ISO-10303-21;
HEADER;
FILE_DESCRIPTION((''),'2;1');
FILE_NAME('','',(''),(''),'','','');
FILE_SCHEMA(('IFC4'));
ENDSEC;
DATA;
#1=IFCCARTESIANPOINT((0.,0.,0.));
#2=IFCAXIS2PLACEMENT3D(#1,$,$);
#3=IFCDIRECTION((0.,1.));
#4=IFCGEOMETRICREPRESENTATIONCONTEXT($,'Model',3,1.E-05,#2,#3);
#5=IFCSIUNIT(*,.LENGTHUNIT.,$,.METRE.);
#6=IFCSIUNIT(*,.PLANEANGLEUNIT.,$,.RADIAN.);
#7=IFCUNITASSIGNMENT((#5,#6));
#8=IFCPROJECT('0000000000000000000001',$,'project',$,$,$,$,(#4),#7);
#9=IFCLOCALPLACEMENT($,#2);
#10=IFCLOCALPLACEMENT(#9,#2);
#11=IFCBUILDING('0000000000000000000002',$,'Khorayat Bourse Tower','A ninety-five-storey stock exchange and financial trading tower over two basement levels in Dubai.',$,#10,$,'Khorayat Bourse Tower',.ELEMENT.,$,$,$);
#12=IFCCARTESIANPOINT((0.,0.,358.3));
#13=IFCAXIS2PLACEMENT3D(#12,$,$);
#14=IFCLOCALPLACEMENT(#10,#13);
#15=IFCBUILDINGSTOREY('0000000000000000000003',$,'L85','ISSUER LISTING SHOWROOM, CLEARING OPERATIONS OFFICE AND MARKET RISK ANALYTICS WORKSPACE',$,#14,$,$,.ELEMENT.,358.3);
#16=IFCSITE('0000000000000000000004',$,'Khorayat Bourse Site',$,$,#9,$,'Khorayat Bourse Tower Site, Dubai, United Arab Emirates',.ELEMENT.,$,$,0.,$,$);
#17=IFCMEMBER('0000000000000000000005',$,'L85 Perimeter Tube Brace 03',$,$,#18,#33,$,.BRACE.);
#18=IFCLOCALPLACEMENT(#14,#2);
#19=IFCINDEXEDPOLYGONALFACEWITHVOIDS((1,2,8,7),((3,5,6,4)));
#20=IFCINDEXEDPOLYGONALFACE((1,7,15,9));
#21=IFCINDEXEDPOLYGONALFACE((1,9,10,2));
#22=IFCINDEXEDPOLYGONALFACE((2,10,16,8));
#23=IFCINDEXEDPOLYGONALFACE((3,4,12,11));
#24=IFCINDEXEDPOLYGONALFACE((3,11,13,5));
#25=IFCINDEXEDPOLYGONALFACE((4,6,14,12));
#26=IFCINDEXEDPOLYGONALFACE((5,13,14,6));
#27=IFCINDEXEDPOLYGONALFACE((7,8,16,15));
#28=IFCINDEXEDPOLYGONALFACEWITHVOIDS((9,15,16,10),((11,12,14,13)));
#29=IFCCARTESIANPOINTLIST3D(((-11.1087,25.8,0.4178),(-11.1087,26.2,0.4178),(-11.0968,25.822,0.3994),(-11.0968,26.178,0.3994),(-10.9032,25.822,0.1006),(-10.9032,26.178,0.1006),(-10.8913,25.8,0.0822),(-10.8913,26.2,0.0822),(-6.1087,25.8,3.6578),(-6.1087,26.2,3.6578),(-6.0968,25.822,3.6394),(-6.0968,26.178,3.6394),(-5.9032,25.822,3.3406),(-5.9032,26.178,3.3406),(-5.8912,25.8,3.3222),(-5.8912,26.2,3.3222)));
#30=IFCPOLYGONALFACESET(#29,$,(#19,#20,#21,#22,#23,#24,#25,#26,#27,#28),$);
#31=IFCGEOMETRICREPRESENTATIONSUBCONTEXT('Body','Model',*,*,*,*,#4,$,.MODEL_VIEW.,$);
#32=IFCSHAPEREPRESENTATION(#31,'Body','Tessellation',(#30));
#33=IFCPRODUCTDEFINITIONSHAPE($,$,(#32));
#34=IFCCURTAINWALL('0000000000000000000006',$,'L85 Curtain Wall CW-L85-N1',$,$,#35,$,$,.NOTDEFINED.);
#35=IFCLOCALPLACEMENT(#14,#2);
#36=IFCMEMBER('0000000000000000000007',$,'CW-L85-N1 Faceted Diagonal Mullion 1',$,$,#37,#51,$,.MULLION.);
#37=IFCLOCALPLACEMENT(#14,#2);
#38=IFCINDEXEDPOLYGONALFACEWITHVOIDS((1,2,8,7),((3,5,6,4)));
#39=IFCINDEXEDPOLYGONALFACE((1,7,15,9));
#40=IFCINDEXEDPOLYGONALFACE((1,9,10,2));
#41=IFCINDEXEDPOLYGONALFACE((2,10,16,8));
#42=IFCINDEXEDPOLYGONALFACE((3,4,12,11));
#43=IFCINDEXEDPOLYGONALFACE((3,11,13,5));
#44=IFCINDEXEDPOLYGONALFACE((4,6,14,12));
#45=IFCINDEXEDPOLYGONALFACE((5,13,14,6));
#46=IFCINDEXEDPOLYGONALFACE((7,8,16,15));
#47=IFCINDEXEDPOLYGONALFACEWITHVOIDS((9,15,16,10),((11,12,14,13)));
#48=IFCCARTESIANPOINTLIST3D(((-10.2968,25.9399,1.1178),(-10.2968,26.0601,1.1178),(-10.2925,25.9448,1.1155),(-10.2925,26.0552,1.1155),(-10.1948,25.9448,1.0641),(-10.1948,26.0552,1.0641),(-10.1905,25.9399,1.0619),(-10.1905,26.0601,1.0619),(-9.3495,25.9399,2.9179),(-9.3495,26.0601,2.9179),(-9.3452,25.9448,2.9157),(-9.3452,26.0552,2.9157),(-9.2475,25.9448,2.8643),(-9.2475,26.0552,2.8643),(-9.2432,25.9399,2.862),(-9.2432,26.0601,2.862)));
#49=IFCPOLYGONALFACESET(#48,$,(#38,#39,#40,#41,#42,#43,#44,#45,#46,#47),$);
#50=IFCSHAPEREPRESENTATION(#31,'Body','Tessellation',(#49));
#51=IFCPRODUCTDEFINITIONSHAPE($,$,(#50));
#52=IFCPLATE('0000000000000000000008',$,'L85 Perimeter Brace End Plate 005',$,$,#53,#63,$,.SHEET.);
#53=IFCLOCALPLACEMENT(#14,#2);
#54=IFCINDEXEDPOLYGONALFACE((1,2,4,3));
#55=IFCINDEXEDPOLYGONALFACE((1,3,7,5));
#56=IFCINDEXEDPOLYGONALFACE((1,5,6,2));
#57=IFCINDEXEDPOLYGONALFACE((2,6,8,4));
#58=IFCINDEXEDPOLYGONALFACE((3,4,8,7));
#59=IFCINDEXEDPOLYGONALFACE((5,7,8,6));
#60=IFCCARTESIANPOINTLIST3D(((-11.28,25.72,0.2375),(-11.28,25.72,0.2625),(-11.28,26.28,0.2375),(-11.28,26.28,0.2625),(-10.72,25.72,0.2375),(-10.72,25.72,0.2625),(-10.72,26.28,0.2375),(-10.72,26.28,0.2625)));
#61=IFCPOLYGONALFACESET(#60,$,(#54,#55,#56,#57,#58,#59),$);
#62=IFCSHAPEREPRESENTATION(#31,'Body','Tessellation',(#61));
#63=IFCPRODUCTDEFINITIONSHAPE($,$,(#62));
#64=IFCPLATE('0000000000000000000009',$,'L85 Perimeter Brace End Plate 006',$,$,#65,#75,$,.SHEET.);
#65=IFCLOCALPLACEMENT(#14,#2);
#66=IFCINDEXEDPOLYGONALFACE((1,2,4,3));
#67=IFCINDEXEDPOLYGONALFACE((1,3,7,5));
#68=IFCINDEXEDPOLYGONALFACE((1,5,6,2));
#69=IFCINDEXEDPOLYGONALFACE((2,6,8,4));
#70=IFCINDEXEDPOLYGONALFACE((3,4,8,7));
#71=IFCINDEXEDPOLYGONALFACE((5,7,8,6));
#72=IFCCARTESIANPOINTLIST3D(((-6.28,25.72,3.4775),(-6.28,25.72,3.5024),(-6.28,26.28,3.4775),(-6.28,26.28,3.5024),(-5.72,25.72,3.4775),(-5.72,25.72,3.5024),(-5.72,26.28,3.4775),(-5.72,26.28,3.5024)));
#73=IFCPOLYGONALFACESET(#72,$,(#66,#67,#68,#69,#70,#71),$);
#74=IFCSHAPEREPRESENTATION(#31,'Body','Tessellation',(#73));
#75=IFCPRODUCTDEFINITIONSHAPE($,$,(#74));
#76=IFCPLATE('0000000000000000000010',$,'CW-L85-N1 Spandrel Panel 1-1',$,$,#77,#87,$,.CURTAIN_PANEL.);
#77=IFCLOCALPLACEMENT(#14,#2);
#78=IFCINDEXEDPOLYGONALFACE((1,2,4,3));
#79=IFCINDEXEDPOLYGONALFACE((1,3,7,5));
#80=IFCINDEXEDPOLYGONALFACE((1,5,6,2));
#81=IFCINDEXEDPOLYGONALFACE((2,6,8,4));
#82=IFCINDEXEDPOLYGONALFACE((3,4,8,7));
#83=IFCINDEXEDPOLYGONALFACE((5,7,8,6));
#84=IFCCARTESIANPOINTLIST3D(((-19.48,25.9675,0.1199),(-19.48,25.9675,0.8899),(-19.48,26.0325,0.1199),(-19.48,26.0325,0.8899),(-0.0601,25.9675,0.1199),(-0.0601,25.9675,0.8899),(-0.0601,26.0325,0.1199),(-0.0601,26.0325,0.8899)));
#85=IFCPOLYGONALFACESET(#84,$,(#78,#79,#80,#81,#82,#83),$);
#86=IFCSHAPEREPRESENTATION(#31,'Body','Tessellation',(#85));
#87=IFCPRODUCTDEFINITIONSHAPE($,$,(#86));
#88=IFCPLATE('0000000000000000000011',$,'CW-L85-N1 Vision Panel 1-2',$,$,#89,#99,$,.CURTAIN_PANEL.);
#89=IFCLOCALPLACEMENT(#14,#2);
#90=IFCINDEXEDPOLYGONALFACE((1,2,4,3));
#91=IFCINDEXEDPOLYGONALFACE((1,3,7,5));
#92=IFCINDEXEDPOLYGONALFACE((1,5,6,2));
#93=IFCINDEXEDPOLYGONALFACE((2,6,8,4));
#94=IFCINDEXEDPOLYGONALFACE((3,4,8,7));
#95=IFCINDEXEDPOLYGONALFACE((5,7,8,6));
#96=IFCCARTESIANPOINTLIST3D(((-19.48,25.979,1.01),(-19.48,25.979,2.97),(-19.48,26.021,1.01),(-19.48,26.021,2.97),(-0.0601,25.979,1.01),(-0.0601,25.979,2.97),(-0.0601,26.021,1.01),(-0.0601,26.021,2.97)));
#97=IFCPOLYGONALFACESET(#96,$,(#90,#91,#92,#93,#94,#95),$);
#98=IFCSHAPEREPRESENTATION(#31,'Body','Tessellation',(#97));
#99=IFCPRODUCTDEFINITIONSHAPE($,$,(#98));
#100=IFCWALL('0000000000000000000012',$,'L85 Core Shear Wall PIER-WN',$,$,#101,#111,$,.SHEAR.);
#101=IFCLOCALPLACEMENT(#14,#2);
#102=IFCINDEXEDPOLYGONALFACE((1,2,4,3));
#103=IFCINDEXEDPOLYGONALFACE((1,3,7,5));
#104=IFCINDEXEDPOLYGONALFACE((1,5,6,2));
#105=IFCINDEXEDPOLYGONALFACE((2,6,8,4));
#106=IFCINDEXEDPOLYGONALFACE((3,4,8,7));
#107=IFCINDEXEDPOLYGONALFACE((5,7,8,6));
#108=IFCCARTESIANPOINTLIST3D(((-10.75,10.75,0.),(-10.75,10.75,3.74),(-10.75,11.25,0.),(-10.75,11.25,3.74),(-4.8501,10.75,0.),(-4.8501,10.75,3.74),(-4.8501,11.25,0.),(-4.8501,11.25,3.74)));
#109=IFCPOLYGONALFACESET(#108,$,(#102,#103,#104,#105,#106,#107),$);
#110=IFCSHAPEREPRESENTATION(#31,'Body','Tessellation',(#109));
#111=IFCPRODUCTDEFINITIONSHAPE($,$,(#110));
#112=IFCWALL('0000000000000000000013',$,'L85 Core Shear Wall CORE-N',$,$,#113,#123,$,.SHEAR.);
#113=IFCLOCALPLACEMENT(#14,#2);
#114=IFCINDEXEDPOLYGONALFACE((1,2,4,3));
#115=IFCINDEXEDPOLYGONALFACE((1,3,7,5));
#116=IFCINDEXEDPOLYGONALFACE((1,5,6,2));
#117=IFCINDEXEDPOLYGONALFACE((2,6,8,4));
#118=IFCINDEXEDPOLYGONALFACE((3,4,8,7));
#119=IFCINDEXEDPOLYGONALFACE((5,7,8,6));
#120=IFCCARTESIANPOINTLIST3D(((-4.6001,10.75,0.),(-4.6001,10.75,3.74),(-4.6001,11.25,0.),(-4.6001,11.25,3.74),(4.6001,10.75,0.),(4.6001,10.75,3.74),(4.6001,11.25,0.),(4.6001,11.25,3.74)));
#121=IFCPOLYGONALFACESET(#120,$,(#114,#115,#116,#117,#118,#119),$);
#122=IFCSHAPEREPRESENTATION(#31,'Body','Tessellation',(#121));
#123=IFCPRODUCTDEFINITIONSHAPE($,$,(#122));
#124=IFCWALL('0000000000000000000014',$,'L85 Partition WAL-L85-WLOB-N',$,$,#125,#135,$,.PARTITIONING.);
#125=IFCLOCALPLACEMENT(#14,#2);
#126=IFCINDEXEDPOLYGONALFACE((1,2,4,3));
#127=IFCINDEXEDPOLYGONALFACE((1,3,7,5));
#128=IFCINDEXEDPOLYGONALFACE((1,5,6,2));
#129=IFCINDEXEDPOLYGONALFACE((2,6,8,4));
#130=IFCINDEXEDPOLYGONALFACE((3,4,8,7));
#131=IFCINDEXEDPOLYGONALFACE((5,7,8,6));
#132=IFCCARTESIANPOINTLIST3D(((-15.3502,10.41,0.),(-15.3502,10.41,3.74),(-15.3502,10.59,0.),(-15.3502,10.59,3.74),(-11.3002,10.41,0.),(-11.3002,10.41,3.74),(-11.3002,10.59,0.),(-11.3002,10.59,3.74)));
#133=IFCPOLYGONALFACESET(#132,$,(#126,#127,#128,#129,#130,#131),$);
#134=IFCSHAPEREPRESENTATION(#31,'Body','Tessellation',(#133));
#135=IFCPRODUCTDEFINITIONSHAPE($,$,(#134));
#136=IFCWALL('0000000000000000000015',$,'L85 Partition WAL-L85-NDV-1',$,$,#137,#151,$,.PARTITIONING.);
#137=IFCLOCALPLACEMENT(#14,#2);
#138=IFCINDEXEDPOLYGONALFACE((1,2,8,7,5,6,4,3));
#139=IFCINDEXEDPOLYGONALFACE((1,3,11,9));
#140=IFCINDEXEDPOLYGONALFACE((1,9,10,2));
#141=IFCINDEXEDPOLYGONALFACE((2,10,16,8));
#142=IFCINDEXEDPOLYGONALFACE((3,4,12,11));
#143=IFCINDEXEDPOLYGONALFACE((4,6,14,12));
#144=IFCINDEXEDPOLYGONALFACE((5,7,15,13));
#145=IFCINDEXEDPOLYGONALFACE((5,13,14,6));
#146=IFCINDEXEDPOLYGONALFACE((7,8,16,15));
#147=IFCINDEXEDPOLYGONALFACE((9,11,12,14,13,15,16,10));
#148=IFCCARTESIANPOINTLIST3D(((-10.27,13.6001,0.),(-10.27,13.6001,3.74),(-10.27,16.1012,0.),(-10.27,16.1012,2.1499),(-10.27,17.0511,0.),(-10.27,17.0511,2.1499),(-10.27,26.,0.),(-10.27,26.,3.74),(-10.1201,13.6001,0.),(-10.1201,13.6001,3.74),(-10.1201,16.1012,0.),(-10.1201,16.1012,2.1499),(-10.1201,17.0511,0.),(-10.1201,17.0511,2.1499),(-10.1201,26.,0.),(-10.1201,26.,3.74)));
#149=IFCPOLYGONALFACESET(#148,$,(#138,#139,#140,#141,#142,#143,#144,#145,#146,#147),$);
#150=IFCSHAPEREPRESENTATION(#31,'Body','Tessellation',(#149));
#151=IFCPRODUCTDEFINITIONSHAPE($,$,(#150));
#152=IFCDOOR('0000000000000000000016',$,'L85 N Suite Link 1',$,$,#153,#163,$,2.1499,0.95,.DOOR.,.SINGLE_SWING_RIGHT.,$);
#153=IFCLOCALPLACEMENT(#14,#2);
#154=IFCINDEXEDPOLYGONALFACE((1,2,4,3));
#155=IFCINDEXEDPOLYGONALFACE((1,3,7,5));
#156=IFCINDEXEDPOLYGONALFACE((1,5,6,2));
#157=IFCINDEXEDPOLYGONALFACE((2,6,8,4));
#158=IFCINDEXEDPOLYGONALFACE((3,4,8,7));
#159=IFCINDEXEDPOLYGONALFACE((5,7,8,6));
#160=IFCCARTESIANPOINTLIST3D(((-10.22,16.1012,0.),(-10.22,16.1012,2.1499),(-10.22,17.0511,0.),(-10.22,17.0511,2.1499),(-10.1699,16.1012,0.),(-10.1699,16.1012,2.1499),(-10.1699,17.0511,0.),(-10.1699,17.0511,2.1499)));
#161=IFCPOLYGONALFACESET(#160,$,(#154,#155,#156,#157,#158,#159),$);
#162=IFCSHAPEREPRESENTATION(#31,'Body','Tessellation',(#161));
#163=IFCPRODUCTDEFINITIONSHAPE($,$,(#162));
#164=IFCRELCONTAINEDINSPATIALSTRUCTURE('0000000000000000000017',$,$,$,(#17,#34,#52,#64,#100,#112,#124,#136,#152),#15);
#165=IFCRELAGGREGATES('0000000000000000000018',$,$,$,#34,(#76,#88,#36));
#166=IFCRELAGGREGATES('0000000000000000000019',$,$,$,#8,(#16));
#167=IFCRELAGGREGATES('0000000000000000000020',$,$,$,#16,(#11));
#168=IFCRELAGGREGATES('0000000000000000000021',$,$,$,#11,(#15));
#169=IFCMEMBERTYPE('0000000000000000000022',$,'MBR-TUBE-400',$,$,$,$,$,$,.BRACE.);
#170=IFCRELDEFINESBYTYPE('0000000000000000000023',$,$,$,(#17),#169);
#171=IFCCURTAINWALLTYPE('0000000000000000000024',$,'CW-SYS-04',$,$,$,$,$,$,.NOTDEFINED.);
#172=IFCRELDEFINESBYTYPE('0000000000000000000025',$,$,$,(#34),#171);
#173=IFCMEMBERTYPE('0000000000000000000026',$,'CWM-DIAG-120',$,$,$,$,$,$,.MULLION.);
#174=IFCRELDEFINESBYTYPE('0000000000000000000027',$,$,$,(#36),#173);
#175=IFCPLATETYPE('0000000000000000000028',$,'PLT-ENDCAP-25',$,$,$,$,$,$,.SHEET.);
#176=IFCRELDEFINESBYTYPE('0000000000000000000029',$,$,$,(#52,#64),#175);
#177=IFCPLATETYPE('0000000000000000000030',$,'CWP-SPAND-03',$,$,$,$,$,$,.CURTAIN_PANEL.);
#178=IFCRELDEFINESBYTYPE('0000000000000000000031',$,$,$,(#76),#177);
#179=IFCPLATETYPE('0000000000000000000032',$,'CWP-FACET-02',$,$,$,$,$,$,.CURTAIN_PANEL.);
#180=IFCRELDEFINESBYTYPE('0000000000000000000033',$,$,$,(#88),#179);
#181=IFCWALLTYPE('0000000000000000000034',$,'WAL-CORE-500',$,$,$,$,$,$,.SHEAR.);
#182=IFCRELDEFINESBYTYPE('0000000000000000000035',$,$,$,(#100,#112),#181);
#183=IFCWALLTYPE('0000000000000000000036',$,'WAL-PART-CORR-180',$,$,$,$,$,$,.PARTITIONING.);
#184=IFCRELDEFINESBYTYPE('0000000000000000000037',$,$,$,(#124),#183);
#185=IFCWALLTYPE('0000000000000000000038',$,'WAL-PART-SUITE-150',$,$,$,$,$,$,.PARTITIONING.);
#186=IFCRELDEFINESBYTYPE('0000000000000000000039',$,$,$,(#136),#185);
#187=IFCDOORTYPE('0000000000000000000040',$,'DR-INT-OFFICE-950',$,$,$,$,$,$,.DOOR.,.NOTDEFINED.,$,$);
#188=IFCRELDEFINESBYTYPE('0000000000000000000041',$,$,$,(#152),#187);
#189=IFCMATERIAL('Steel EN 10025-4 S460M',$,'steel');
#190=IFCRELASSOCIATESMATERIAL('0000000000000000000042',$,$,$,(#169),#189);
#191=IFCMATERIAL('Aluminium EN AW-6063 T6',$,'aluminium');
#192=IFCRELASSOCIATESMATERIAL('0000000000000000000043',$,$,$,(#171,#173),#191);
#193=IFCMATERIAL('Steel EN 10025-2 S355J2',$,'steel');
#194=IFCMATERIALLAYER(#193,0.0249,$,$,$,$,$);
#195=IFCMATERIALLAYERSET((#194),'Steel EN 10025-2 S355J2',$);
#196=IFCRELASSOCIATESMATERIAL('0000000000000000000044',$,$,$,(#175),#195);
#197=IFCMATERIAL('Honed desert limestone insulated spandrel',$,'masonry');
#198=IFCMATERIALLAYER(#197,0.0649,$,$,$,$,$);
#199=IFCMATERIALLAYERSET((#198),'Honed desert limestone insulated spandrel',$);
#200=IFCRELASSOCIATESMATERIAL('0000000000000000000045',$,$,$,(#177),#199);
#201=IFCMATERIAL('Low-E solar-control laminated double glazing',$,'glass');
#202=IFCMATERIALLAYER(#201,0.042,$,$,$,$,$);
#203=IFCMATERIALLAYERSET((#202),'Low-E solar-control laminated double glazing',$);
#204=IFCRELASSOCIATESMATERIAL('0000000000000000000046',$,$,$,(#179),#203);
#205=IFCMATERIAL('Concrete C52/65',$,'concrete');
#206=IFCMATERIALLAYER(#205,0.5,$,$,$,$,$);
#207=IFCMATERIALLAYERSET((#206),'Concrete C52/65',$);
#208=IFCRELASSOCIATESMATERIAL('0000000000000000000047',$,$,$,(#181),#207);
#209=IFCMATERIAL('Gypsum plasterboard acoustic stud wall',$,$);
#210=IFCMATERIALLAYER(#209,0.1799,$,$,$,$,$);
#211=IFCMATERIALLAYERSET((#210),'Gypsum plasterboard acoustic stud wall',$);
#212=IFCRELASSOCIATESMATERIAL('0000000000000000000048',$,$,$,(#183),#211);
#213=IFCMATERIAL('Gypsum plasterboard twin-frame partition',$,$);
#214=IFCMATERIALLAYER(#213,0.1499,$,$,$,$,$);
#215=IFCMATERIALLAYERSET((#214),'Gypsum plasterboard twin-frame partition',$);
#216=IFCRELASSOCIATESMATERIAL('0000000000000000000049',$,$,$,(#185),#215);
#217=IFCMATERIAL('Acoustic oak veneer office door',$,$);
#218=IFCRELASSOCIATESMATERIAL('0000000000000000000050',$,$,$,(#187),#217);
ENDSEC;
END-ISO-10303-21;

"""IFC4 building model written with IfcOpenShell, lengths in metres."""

from ifc_helpers import new_model, si_unit, direction, frame, frame_2d, origin, origin_2d, place, context, subcontext, project, spatial, rectangle, hollow_rectangle, extrude, source, transform, mapped, material, layer, layer_set, material_profile, profile_set, type_object, element, fill, aggregate, save


model = new_model("IFC4")

# Units and contexts
model_context = context("Model", 3, precision=1e-05, world=origin(), true_north=direction((0.0, 1.0)))
body_context = subcontext(model_context, "Body", "Model", "MODEL_VIEW")
ifc_project = project(units=[si_unit("LENGTHUNIT", "METRE"), si_unit("PLANEANGLEUNIT", "RADIAN")], contexts=[model_context])

# Site, building, storey
site_placement = place(None, origin())
site = spatial("IfcSite", under=ifc_project, at=site_placement, Name="Khorayat Bourse Site", LongName="Khorayat Bourse Tower Site, Dubai, United Arab Emirates", CompositionType="ELEMENT", RefElevation=0.0)
building_placement = place(site_placement, origin())
building = spatial("IfcBuilding", under=site, at=building_placement, Name="Khorayat Bourse Tower", Description="A ninety-five-storey stock exchange and financial trading tower over two basement levels in Dubai.", LongName="Khorayat Bourse Tower", CompositionType="ELEMENT")
storey_placement = place(building_placement, frame((0.0, 0.0, 358.3)))
storey = spatial("IfcBuildingStorey", under=building, at=storey_placement, Name="L85", Description="ISSUER LISTING SHOWROOM, CLEARING OPERATIONS OFFICE AND MARKET RISK ANALYTICS WORKSPACE", CompositionType="ELEMENT", Elevation=358.3)

# Shared definitions
ifc_material_1 = material(Name="Concrete C52/65", Category="concrete")
ifc_material_2 = material(Name="Steel EN 10025-2 S355J2", Category="steel")

# Member
ifc_material_3 = material(Name="Steel EN 10025-4 S460M", Category="steel")
ifc_material_profile_1 = material_profile(ifc_material_3, hollow_rectangle(XDim=0.3999, YDim=0.3999, WallThickness=0.022, at=origin_2d()), Name="HSS 400x400x22")
ifc_profile_set_1 = profile_set([ifc_material_profile_1], Name="Steel EN 10025-4 S460M")
member_type_1 = type_object("IfcMemberType", Name="MBR-TUBE-400", PredefinedType="BRACE", material=ifc_profile_set_1)
shared_shape_1 = source(origin(), body_context, "Body", "SweptSolid", [
    extrude(hollow_rectangle(XDim=0.3999, YDim=0.3999, WallThickness=0.022, at=origin_2d()), origin(), (0.0, 0.0, 1.0), 5.958),
])
member_1_placement = place(storey_placement, frame((-11.0, 26.0, 0.25), z_axis=(0.83921, 0.0, 0.543807), x_axis=(0.0, 1.0, 0.0)))
element("IfcMember", 1, at=member_1_placement, inside=storey, type_object=member_type_1, Name="L85 Perimeter Tube Brace 03", PredefinedType="BRACE", context=body_context, shape_type="MappedRepresentation", body=[
    mapped(shared_shape_1, transform((0.0, 0.0, 0.0), scale=1.0)),
])

# Curtain wall, member
ifc_material_4 = material(Name="Aluminium EN AW-6063 T6", Category="aluminium")
curtain_wall_type = type_object("IfcCurtainWallType", Name="CW-SYS-04", PredefinedType="NOTDEFINED", material=ifc_material_4)
curtain_wall_placement = place(storey_placement, origin())
curtain_wall = element("IfcCurtainWall", 2, at=curtain_wall_placement, inside=storey, type_object=curtain_wall_type, Name="L85 Curtain Wall CW-L85-N1", PredefinedType="NOTDEFINED")
ifc_material_profile_2 = material_profile(ifc_material_4, hollow_rectangle(XDim=0.1201, YDim=0.1201, WallThickness=0.0049, at=origin_2d()), Name="ALU 120x120x5")
ifc_profile_set_2 = profile_set([ifc_material_profile_2], Name="Aluminium EN AW-6063 T6")
member_type_2 = type_object("IfcMemberType", Name="CWM-DIAG-120", PredefinedType="MULLION", material=ifc_profile_set_2)
shared_shape_2 = source(origin(), body_context, "Body", "SweptSolid", [
    extrude(hollow_rectangle(XDim=0.1201, YDim=0.1201, WallThickness=0.0049, at=origin_2d()), origin(), (0.0, 0.0, 1.0), 2.0342),
])
member_2_placement = place(storey_placement, frame((-10.2437, 26.0, 1.0898), z_axis=(0.465697, 0.0, 0.884944), x_axis=(0.0, 1.0, 0.0)))
member_2 = element("IfcMember", 3, at=member_2_placement, type_object=member_type_2, Name="CW-L85-N1 Faceted Diagonal Mullion 1", PredefinedType="MULLION", context=body_context, shape_type="MappedRepresentation", body=[
    mapped(shared_shape_2, transform((0.0, 0.0, 0.0), scale=1.0)),
])

# Plates
ifc_layer_1 = layer(ifc_material_2, 0.0249)
ifc_layer_set_1 = layer_set([ifc_layer_1], Name="Steel EN 10025-2 S355J2")
plate_type_1 = type_object("IfcPlateType", Name="PLT-ENDCAP-25", PredefinedType="SHEET", material=ifc_layer_set_1)
shared_shape_3 = source(origin(), body_context, "Body", "SweptSolid", [
    extrude(rectangle(XDim=0.5601, YDim=0.5601, at=origin_2d()), origin(), (0.0, 0.0, 1.0), 0.0249),
])
for number, where, z_axis, x_axis, name in (
    (4, (-11.0, 26.0, 0.2375), (0.0, 0.0, 1.0), (1.0, 0.0, 0.0), "L85 Perimeter Brace End Plate 005"),
    (5, (-6.0, 26.0, 3.4775), (0.0, 0.0, 1.0), (1.0, 0.0, 0.0), "L85 Perimeter Brace End Plate 006"),
):
    element("IfcPlate", number, at=place(storey_placement, frame(where, z_axis=z_axis, x_axis=x_axis)), inside=storey, type_object=plate_type_1, Name=name, PredefinedType="SHEET", context=body_context, shape_type="MappedRepresentation", body=[
        mapped(shared_shape_3, transform((0.0, 0.0, 0.0), scale=1.0)),
    ])

# Plates
ifc_material_5 = material(Name="Honed desert limestone insulated spandrel", Category="masonry")
ifc_layer_2 = layer(ifc_material_5, 0.0649)
ifc_layer_set_2 = layer_set([ifc_layer_2], Name="Honed desert limestone insulated spandrel")
plate_type_2 = type_object("IfcPlateType", Name="CWP-SPAND-03", PredefinedType="CURTAIN_PANEL", material=ifc_layer_set_2)
shared_shape_4 = source(origin(), body_context, "Body", "SweptSolid", [
    extrude(rectangle(XDim=19.4199, YDim=0.0649, at=origin_2d()), origin(), (0.0, 0.0, 1.0), 0.77),
])
plate_1_placement = place(storey_placement, frame((-9.77, 26.0, 0.1199), z_axis=(0.0, 0.0, 1.0), x_axis=(1.0, 0.0, 0.0)))
plate_1 = element("IfcPlate", 6, at=plate_1_placement, type_object=plate_type_2, Name="CW-L85-N1 Spandrel Panel 1-1", PredefinedType="CURTAIN_PANEL", context=body_context, shape_type="MappedRepresentation", body=[
    mapped(shared_shape_4, transform((0.0, 0.0, 0.0), scale=1.0)),
])
ifc_material_6 = material(Name="Low-E solar-control laminated double glazing", Category="glass")
ifc_layer_3 = layer(ifc_material_6, 0.042)
ifc_layer_set_3 = layer_set([ifc_layer_3], Name="Low-E solar-control laminated double glazing")
plate_type_3 = type_object("IfcPlateType", Name="CWP-FACET-02", PredefinedType="CURTAIN_PANEL", material=ifc_layer_set_3)
shared_shape_5 = source(origin(), body_context, "Body", "SweptSolid", [
    extrude(rectangle(XDim=19.4199, YDim=0.042, at=origin_2d()), origin(), (0.0, 0.0, 1.0), 1.96),
])
plate_2_placement = place(storey_placement, frame((-9.77, 26.0, 1.01), z_axis=(0.0, 0.0, 1.0), x_axis=(1.0, 0.0, 0.0)))
plate_2 = element("IfcPlate", 7, at=plate_2_placement, type_object=plate_type_3, Name="CW-L85-N1 Vision Panel 1-2", PredefinedType="CURTAIN_PANEL", context=body_context, shape_type="MappedRepresentation", body=[
    mapped(shared_shape_5, transform((0.0, 0.0, 0.0), scale=1.0)),
])
aggregate(curtain_wall, [plate_1, plate_2, member_2])

# Walls
ifc_layer_4 = layer(ifc_material_1, 0.5)
ifc_layer_set_4 = layer_set([ifc_layer_4], Name="Concrete C52/65")
wall_type_1 = type_object("IfcWallType", Name="WAL-CORE-500", PredefinedType="SHEAR", material=ifc_layer_set_4)
shared_shape_6 = source(origin(), body_context, "Body", "SweptSolid", [
    extrude(rectangle(XDim=5.8999, YDim=0.5, at=frame_2d((2.95, 0.0))), origin(), (0.0, 0.0, 1.0), 3.74),
])
wall_1_placement = place(storey_placement, frame((-10.75, 11.0, 0.0), z_axis=(0.0, 0.0, 1.0), x_axis=(1.0, 0.0, 0.0)))
element("IfcWall", 8, at=wall_1_placement, inside=storey, type_object=wall_type_1, Name="L85 Core Shear Wall PIER-WN", PredefinedType="SHEAR", context=body_context, shape_type="MappedRepresentation", body=[
    mapped(shared_shape_6, transform((0.0, 0.0, 0.0), scale=1.0)),
])
shared_shape_7 = source(origin(), body_context, "Body", "SweptSolid", [
    extrude(rectangle(XDim=9.2002, YDim=0.5, at=frame_2d((4.6001, 0.0))), origin(), (0.0, 0.0, 1.0), 3.74),
])
wall_2_placement = place(storey_placement, frame((-4.6001, 11.0, 0.0), z_axis=(0.0, 0.0, 1.0), x_axis=(1.0, 0.0, 0.0)))
element("IfcWall", 9, at=wall_2_placement, inside=storey, type_object=wall_type_1, Name="L85 Core Shear Wall CORE-N", PredefinedType="SHEAR", context=body_context, shape_type="MappedRepresentation", body=[
    mapped(shared_shape_7, transform((0.0, 0.0, 0.0), scale=1.0)),
])
ifc_material_7 = material(Name="Gypsum plasterboard acoustic stud wall")
ifc_layer_5 = layer(ifc_material_7, 0.1799)
ifc_layer_set_5 = layer_set([ifc_layer_5], Name="Gypsum plasterboard acoustic stud wall")
wall_type_2 = type_object("IfcWallType", Name="WAL-PART-CORR-180", PredefinedType="PARTITIONING", material=ifc_layer_set_5)
shared_shape_8 = source(origin(), body_context, "Body", "SweptSolid", [
    extrude(rectangle(XDim=4.05, YDim=0.1799, at=frame_2d((2.0249, 0.0))), origin(), (0.0, 0.0, 1.0), 3.74),
])
wall_3_placement = place(storey_placement, frame((-15.3501, 10.5, 0.0), z_axis=(0.0, 0.0, 1.0), x_axis=(1.0, 0.0, 0.0)))
element("IfcWall", 10, at=wall_3_placement, inside=storey, type_object=wall_type_2, Name="L85 Partition WAL-L85-WLOB-N", PredefinedType="PARTITIONING", context=body_context, shape_type="MappedRepresentation", body=[
    mapped(shared_shape_8, transform((0.0, 0.0, 0.0), scale=1.0)),
])

# Wall, opening, door
ifc_material_8 = material(Name="Gypsum plasterboard twin-frame partition")
ifc_layer_6 = layer(ifc_material_8, 0.1499)
ifc_layer_set_6 = layer_set([ifc_layer_6], Name="Gypsum plasterboard twin-frame partition")
wall_type_3 = type_object("IfcWallType", Name="WAL-PART-SUITE-150", PredefinedType="PARTITIONING", material=ifc_layer_set_6)
shared_shape_9 = source(origin(), body_context, "Body", "SweptSolid", [
    extrude(rectangle(XDim=12.3999, YDim=0.1499, at=frame_2d((6.2, 0.0))), origin(), (0.0, 0.0, 1.0), 3.74),
])
wall_4_placement = place(storey_placement, frame((-10.1951, 13.6001, 0.0), z_axis=(0.0, 0.0, 1.0), x_axis=(0.0, 1.0, 0.0)))
wall_4 = element("IfcWall", 11, at=wall_4_placement, inside=storey, type_object=wall_type_3, Name="L85 Partition WAL-L85-NDV-1", PredefinedType="PARTITIONING", context=body_context, shape_type="MappedRepresentation", body=[
    mapped(shared_shape_9, transform((0.0, 0.0, 0.0), scale=1.0)),
])
shared_shape_10 = source(origin(), body_context, "Body", "SweptSolid", [
    extrude(rectangle(XDim=0.95, YDim=2.1499, at=frame_2d((0.4751, 1.075))), frame((0.0, 0.085, 0.0), z_axis=(0.0, -1.0, 0.0), x_axis=(1.0, 0.0, 0.0)), (0.0, 0.0, 1.0), 0.1699),
])
opening_1_placement = place(wall_4_placement, frame((2.501, 0.0, 0.0)))
opening_1 = element("IfcOpeningElement", 12, at=opening_1_placement, cuts=wall_4, PredefinedType="OPENING", context=body_context, shape_type="MappedRepresentation", body=[
    mapped(shared_shape_10, transform((0.0, 0.0, 0.0), scale=1.0)),
])
ifc_material_9 = material(Name="Acoustic oak veneer office door")
door_type = type_object("IfcDoorType", Name="DR-INT-OFFICE-950", OperationType="NOTDEFINED", PredefinedType="DOOR", material=ifc_material_9)
shared_shape_11 = source(origin(), body_context, "Body", "SweptSolid", [
    extrude(rectangle(XDim=0.95, YDim=2.1499, at=frame_2d((0.4751, 1.075))), frame((0.0, 0.0249, 0.0), z_axis=(0.0, -1.0, 0.0), x_axis=(1.0, 0.0, 0.0)), (0.0, 0.0, 1.0), 0.05),
])
door_1_placement = place(opening_1_placement, origin())
door_1 = element("IfcDoor", 13, at=door_1_placement, inside=storey, type_object=door_type, Name="L85 N Suite Link 1", OperationType="SINGLE_SWING_RIGHT", OverallHeight=2.1499, OverallWidth=0.95, PredefinedType="DOOR", context=body_context, shape_type="MappedRepresentation", body=[
    mapped(shared_shape_11, transform((0.0, 0.0, 0.0), scale=1.0)),
])
fill(opening_1, door_1)

save(model, "model.ifc")
